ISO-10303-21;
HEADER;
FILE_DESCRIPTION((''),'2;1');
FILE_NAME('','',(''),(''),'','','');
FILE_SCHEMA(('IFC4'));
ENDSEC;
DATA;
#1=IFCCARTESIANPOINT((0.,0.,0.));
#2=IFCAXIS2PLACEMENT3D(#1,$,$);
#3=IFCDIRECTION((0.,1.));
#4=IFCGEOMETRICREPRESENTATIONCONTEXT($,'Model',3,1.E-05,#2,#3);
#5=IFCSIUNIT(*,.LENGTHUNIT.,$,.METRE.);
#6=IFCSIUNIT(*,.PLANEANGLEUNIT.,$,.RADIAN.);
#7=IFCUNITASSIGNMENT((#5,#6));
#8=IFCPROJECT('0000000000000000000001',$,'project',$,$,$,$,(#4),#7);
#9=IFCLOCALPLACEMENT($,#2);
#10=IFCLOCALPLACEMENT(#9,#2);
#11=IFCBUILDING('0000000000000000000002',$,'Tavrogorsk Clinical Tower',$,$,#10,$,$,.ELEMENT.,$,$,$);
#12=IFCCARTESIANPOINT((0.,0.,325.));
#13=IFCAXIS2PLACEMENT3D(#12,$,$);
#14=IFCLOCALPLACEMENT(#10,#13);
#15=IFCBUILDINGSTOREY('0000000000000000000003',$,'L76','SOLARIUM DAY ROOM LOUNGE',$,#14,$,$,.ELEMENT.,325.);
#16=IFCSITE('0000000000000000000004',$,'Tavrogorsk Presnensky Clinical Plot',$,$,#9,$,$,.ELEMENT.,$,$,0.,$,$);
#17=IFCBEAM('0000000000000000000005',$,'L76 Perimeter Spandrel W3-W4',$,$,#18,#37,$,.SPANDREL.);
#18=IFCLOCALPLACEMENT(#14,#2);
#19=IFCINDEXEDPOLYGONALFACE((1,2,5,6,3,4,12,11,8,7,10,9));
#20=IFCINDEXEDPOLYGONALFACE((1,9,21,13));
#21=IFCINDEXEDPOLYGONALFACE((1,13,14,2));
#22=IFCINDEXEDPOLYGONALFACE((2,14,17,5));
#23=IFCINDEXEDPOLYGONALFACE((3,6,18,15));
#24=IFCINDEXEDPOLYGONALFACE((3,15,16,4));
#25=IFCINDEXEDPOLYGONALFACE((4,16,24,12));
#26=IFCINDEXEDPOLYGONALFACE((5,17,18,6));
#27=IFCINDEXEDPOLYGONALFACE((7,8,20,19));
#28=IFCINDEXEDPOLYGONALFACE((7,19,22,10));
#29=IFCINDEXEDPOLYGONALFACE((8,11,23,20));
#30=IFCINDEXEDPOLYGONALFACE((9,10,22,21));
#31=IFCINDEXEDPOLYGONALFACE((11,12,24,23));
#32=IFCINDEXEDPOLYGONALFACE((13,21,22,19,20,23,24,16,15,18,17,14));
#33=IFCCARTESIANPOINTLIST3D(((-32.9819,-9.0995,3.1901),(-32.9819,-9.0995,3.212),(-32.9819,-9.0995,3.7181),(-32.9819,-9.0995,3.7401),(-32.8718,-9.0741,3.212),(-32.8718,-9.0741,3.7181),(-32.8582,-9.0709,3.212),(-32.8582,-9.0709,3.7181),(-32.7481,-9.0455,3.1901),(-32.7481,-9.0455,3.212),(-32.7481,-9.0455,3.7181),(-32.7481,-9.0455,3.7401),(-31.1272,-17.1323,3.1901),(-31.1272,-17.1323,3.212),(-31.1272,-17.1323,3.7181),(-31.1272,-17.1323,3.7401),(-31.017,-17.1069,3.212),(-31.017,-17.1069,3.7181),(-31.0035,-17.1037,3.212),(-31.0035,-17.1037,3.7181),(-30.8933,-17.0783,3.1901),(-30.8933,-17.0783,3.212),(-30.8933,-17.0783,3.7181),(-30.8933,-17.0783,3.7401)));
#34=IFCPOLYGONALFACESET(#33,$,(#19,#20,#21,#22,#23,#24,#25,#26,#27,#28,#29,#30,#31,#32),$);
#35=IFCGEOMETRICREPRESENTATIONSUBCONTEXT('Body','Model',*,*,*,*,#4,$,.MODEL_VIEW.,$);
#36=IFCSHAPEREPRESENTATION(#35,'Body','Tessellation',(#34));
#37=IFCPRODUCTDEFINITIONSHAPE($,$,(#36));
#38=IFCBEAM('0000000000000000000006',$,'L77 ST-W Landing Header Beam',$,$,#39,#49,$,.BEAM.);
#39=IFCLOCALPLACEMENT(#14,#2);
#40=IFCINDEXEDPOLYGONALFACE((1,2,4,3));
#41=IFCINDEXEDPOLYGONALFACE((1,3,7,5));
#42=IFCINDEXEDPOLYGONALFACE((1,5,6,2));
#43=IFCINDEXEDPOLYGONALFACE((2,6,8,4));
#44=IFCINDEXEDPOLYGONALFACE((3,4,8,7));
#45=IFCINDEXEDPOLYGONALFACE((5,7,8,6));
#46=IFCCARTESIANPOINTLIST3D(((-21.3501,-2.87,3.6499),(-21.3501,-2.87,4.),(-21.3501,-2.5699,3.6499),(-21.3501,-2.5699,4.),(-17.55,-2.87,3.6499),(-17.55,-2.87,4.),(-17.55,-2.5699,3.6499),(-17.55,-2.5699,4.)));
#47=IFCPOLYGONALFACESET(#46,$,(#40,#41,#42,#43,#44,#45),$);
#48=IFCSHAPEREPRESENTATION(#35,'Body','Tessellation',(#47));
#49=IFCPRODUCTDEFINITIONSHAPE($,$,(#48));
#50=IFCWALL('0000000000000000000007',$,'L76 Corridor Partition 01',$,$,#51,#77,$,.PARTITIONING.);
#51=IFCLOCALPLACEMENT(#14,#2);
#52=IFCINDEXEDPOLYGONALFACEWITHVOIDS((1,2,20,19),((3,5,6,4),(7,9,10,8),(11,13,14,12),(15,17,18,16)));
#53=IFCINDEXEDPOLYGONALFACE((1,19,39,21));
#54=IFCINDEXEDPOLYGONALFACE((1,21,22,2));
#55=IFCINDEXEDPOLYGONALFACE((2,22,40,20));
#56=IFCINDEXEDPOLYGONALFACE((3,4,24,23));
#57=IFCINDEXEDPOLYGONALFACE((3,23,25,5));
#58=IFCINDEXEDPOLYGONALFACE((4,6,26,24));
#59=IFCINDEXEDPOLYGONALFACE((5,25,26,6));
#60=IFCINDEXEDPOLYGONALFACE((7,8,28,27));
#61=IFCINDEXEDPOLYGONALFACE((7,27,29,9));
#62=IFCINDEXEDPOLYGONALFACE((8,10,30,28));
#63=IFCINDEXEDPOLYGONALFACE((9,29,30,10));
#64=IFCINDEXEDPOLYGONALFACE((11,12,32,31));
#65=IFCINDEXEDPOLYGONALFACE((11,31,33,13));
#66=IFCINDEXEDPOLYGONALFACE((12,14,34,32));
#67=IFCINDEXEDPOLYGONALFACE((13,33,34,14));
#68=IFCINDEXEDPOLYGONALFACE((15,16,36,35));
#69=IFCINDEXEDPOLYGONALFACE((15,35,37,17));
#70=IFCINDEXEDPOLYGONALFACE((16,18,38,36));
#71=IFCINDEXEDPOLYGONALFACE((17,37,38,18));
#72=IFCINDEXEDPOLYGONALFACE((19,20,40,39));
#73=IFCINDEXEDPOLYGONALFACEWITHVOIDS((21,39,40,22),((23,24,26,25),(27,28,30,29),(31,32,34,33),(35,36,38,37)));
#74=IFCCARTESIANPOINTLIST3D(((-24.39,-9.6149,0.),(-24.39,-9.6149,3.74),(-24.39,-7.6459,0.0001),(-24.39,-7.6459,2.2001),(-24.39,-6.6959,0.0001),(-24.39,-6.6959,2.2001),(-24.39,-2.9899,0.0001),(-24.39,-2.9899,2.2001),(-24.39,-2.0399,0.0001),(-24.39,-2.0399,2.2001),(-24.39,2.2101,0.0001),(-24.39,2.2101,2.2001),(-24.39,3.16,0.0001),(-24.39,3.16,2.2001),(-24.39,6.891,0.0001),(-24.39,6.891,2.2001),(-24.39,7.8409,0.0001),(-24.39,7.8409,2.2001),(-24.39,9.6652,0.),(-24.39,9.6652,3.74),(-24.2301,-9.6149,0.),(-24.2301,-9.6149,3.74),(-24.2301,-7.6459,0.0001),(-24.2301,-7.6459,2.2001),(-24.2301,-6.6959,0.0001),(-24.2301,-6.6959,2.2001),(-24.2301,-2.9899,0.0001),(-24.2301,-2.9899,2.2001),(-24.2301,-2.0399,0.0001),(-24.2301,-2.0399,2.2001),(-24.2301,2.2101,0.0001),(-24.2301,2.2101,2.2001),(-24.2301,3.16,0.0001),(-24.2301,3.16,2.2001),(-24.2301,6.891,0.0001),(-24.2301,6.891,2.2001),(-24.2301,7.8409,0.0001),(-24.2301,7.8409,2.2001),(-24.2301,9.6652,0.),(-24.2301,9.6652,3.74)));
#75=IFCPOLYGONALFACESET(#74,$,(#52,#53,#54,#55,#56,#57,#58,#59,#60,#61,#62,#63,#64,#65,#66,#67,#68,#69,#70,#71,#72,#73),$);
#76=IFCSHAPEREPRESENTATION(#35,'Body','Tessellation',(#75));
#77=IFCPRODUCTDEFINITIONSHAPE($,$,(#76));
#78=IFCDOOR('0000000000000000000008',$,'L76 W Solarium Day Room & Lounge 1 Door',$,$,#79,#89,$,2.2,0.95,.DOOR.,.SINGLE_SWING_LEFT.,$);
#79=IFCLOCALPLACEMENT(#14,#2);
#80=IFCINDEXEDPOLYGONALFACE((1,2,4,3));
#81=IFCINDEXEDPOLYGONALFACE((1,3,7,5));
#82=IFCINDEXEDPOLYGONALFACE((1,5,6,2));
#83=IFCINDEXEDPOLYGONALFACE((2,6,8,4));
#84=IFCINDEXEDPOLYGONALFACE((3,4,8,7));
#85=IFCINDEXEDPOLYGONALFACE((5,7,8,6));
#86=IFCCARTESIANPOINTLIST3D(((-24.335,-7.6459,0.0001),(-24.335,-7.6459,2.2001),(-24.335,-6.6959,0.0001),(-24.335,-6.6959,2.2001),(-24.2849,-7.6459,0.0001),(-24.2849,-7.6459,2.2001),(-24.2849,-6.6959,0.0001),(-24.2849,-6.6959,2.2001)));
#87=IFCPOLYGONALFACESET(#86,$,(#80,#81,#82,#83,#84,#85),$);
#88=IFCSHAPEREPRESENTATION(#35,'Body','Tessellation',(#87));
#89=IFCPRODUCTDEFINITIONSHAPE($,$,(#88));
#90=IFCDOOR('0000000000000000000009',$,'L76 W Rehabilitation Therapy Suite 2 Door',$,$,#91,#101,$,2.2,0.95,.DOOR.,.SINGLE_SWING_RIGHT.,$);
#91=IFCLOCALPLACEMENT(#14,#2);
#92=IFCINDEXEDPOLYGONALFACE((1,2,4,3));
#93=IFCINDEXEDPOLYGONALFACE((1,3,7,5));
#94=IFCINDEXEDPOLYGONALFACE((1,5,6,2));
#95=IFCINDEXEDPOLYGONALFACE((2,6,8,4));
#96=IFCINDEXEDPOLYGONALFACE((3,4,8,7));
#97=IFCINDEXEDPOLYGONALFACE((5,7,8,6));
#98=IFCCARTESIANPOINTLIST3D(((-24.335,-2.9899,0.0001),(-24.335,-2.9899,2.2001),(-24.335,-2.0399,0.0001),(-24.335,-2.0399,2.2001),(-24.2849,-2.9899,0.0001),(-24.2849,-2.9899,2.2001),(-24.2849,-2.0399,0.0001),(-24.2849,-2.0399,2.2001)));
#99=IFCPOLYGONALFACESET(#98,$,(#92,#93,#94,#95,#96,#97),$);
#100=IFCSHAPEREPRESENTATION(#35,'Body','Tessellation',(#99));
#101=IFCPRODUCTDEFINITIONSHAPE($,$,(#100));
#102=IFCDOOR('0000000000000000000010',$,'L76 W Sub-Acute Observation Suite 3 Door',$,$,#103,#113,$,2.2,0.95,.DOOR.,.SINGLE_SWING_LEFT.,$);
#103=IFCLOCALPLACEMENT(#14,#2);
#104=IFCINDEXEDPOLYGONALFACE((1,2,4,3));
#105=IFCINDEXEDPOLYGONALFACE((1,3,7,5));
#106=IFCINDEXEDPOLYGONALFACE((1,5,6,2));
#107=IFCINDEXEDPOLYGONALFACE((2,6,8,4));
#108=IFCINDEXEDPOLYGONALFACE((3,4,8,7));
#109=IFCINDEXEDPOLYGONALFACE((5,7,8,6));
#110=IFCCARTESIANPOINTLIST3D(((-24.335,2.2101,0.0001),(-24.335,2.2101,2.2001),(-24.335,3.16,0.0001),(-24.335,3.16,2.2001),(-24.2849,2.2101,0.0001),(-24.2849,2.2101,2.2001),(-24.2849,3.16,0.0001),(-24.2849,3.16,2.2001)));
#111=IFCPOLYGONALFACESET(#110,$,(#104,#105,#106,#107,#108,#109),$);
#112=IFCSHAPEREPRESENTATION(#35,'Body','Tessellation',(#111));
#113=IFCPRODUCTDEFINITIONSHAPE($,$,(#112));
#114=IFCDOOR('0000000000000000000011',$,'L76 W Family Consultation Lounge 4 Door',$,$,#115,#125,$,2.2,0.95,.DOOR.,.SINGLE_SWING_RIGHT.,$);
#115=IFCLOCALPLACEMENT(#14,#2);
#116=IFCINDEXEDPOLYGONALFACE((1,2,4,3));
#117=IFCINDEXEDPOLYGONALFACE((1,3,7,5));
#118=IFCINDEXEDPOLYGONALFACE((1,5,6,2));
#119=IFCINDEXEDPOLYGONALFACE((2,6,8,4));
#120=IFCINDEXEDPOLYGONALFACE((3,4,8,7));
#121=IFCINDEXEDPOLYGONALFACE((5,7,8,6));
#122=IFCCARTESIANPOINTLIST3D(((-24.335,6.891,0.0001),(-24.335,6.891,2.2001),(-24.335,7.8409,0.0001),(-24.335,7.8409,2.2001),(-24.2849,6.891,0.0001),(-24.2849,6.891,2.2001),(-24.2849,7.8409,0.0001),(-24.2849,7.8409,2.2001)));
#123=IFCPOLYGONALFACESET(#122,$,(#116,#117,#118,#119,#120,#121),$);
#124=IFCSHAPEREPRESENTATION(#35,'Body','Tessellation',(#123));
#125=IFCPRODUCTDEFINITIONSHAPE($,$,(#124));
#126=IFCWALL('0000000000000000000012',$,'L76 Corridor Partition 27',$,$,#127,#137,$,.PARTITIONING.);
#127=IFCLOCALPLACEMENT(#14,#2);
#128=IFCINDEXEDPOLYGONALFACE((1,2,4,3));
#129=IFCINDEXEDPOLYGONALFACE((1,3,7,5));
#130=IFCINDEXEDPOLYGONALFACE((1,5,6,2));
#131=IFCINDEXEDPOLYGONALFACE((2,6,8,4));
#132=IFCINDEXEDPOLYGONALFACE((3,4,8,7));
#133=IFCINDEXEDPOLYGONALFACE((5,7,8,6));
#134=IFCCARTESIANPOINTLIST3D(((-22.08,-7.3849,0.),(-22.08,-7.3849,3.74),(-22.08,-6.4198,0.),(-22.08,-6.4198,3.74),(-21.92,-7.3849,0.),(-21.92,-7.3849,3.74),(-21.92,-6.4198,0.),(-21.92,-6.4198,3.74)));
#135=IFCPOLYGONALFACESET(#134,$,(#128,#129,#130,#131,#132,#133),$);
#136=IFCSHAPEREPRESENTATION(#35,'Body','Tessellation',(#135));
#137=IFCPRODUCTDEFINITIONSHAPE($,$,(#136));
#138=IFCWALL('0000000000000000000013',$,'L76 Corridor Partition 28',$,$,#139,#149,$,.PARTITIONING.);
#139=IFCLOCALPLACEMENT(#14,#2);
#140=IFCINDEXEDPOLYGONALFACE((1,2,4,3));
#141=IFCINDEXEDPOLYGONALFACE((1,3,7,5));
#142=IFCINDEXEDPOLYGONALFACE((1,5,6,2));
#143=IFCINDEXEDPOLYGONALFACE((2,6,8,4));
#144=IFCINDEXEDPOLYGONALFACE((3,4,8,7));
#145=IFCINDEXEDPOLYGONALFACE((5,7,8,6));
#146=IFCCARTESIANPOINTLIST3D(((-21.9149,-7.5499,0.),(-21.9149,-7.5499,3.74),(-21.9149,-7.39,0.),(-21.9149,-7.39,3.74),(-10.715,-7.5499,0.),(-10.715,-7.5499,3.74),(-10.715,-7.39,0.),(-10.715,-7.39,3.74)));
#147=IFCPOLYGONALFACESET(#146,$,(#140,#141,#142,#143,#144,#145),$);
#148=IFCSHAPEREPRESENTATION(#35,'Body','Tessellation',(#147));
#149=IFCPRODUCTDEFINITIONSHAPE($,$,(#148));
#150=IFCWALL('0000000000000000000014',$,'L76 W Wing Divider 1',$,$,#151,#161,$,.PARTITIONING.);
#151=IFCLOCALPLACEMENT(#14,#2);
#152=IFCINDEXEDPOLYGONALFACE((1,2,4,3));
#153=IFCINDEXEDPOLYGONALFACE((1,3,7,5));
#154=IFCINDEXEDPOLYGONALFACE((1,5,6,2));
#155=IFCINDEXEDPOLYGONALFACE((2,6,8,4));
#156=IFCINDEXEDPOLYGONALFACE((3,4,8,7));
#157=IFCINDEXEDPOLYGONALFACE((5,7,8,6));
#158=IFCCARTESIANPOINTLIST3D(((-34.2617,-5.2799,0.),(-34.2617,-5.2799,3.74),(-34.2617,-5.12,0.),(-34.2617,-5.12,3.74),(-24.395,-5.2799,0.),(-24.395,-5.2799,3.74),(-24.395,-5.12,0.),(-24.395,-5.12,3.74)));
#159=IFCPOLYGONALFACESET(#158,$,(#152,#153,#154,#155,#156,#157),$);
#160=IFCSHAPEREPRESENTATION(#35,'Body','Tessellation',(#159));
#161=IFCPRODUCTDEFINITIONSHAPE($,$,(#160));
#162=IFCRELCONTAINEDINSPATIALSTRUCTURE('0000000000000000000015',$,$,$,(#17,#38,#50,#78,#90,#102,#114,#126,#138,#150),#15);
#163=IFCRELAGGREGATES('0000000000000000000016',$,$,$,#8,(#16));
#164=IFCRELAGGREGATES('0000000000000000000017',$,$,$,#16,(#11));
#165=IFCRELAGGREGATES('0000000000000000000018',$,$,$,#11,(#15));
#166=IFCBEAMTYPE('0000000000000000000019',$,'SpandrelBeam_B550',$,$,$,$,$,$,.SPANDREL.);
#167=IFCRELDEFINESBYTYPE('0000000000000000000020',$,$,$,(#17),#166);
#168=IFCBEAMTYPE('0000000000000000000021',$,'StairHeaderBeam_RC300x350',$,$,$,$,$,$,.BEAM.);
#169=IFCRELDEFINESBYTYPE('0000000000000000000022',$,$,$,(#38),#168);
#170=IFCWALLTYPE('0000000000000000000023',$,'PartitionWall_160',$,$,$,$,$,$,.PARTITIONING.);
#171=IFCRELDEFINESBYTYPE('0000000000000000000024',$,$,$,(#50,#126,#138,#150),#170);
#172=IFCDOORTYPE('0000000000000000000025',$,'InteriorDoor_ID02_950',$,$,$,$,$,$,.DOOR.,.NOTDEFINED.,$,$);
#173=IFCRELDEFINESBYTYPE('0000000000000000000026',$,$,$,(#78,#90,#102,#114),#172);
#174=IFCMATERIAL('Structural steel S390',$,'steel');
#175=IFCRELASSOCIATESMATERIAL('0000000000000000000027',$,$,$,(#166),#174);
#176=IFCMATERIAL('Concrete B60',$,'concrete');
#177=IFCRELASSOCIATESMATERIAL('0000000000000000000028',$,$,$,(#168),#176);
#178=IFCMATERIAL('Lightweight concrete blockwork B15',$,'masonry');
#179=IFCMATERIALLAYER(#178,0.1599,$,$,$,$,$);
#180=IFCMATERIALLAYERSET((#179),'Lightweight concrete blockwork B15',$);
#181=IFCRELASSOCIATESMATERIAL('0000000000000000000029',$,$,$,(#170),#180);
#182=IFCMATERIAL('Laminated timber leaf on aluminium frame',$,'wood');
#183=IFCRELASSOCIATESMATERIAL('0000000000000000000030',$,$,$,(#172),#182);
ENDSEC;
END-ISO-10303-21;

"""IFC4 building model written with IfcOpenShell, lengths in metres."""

from ifc_helpers import new_model, si_unit, direction, frame, frame_2d, origin, origin_2d, place, context, subcontext, project, spatial, rectangle, i_section, extrude, material, layer, layer_set, material_profile, profile_set, type_object, element, fill, save


model = new_model("IFC4")

# Units and contexts
model_context = context("Model", 3, precision=1e-05, world=origin(), true_north=direction((0.0, 1.0)))
body_context = subcontext(model_context, "Body", "Model", "MODEL_VIEW")
ifc_project = project(units=[si_unit("LENGTHUNIT", "METRE"), si_unit("PLANEANGLEUNIT", "RADIAN")], contexts=[model_context])

# Site, building, storey
site_placement = place(None, origin())
site = spatial("IfcSite", under=ifc_project, at=site_placement, Name="Tavrogorsk Presnensky Clinical Plot", CompositionType="ELEMENT", RefElevation=0.0)
building_placement = place(site_placement, origin())
building = spatial("IfcBuilding", under=site, at=building_placement, Name="Tavrogorsk Clinical Tower", CompositionType="ELEMENT")
storey_placement = place(building_placement, frame((0.0, 0.0, 325.0)))
storey = spatial("IfcBuildingStorey", under=building, at=storey_placement, Name="L76", Description="SOLARIUM DAY ROOM LOUNGE", CompositionType="ELEMENT", Elevation=325.0)

# Beams
ifc_material_1 = material(Name="Structural steel S390", Category="steel")
ifc_material_profile_1 = material_profile(ifc_material_1, i_section(OverallWidth=0.24, OverallDepth=0.55, WebThickness=0.0139, FlangeThickness=0.022, at=origin_2d()), Name="B-550x240x14x22")
ifc_profile_set_1 = profile_set([ifc_material_profile_1], Name="Structural steel S390")
beam_type_1 = type_object("IfcBeamType", Name="SpandrelBeam_B550", PredefinedType="SPANDREL", material=ifc_profile_set_1)
beam_1_placement = place(storey_placement, frame((-32.865, -9.0725, 3.4651), z_axis=(0.224978, -0.974364, 0.0), x_axis=(0.974364, 0.224978, 0.0)))
element("IfcBeam", 1, at=beam_1_placement, inside=storey, type_object=beam_type_1, Name="L76 Perimeter Spandrel W3-W4", PredefinedType="SPANDREL", context=body_context, shape_type="SweptSolid", body=[
    extrude(i_section(OverallWidth=0.24, OverallDepth=0.55, WebThickness=0.0139, FlangeThickness=0.022, at=origin_2d()), origin(), (0.0, 0.0, 1.0), 8.2441),
])
ifc_material_2 = material(Name="Concrete B60", Category="concrete")
ifc_material_profile_2 = material_profile(ifc_material_2, rectangle(XDim=0.3, YDim=0.3501, at=origin_2d()), Name="RC-SHB-300x350")
ifc_profile_set_2 = profile_set([ifc_material_profile_2], Name="Concrete B60")
beam_type_2 = type_object("IfcBeamType", Name="StairHeaderBeam_RC300x350", PredefinedType="BEAM", material=ifc_profile_set_2)
beam_2_placement = place(storey_placement, frame((-21.3501, -2.72, 3.825), z_axis=(1.0, 0.0, 0.0), x_axis=(0.0, 1.0, 0.0)))
element("IfcBeam", 2, at=beam_2_placement, inside=storey, type_object=beam_type_2, Name="L77 ST-W Landing Header Beam", PredefinedType="BEAM", context=body_context, shape_type="SweptSolid", body=[
    extrude(rectangle(XDim=0.3, YDim=0.3501, at=origin_2d()), origin(), (0.0, 0.0, 1.0), 3.8),
])

# Wall, openings, doors
ifc_material_3 = material(Name="Lightweight concrete blockwork B15", Category="masonry")
ifc_layer_1 = layer(ifc_material_3, 0.1599)
ifc_layer_set_1 = layer_set([ifc_layer_1], Name="Lightweight concrete blockwork B15")
wall_type_1 = type_object("IfcWallType", Name="PartitionWall_160", PredefinedType="PARTITIONING", material=ifc_layer_set_1)
wall_1_placement = place(storey_placement, frame((-24.3101, -9.615, 0.0), z_axis=(0.0, 0.0, 1.0), x_axis=(0.0, 1.0, 0.0)))
wall_1 = element("IfcWall", 3, at=wall_1_placement, inside=storey, type_object=wall_type_1, Name="L76 Corridor Partition 01", PredefinedType="PARTITIONING", context=body_context, shape_type="SweptSolid", body=[
    extrude(rectangle(XDim=19.28, YDim=0.1599, at=frame_2d((9.6401, 0.0))), origin(), (0.0, 0.0, 1.0), 3.74),
])
opening_1_placement = place(wall_1_placement, frame((1.969, 0.0, 0.0)))
opening_1 = element("IfcOpeningElement", 4, at=opening_1_placement, cuts=wall_1, PredefinedType="OPENING", context=body_context, shape_type="SweptSolid", body=[
    extrude(rectangle(XDim=0.95, YDim=2.2, at=frame_2d((0.4751, 1.1001))), frame((0.0, 0.0898, 0.0), z_axis=(0.0, -1.0, 0.0), x_axis=(1.0, 0.0, 0.0)), (0.0, 0.0, 1.0), 0.1799),
])
opening_2_placement = place(wall_1_placement, frame((6.625, 0.0, 0.0)))
opening_2 = element("IfcOpeningElement", 5, at=opening_2_placement, cuts=wall_1, PredefinedType="OPENING", context=body_context, shape_type="SweptSolid", body=[
    extrude(rectangle(XDim=0.95, YDim=2.2, at=frame_2d((0.4751, 1.1001))), frame((0.0, 0.0898, 0.0), z_axis=(0.0, -1.0, 0.0), x_axis=(1.0, 0.0, 0.0)), (0.0, 0.0, 1.0), 0.1799),
])
opening_3_placement = place(wall_1_placement, frame((11.825, 0.0, 0.0)))
opening_3 = element("IfcOpeningElement", 6, at=opening_3_placement, cuts=wall_1, PredefinedType="OPENING", context=body_context, shape_type="SweptSolid", body=[
    extrude(rectangle(XDim=0.95, YDim=2.2, at=frame_2d((0.4751, 1.1001))), frame((0.0, 0.0898, 0.0), z_axis=(0.0, -1.0, 0.0), x_axis=(1.0, 0.0, 0.0)), (0.0, 0.0, 1.0), 0.1799),
])
opening_4_placement = place(wall_1_placement, frame((16.5059, 0.0, 0.0)))
opening_4 = element("IfcOpeningElement", 7, at=opening_4_placement, cuts=wall_1, PredefinedType="OPENING", context=body_context, shape_type="SweptSolid", body=[
    extrude(rectangle(XDim=0.95, YDim=2.2, at=frame_2d((0.4751, 1.1001))), frame((0.0, 0.0898, 0.0), z_axis=(0.0, -1.0, 0.0), x_axis=(1.0, 0.0, 0.0)), (0.0, 0.0, 1.0), 0.1799),
])
ifc_material_4 = material(Name="Laminated timber leaf on aluminium frame", Category="wood")
door_type = type_object("IfcDoorType", Name="InteriorDoor_ID02_950", OperationType="NOTDEFINED", PredefinedType="DOOR", material=ifc_material_4)
door_1_placement = place(opening_1_placement, origin())
door_1 = element("IfcDoor", 8, at=door_1_placement, inside=storey, type_object=door_type, Name="L76 W Solarium Day Room & Lounge 1 Door", OperationType="SINGLE_SWING_LEFT", OverallHeight=2.2, OverallWidth=0.95, PredefinedType="DOOR", context=body_context, shape_type="SweptSolid", body=[
    extrude(rectangle(XDim=0.95, YDim=2.2, at=frame_2d((0.4751, 1.1001))), frame((0.0, 0.0249, 0.0), z_axis=(0.0, -1.0, 0.0), x_axis=(1.0, 0.0, 0.0)), (0.0, 0.0, 1.0), 0.05),
])
fill(opening_1, door_1)
door_2_placement = place(opening_2_placement, origin())
door_2 = element("IfcDoor", 9, at=door_2_placement, inside=storey, type_object=door_type, Name="L76 W Rehabilitation Therapy Suite 2 Door", OperationType="SINGLE_SWING_RIGHT", OverallHeight=2.2, OverallWidth=0.95, PredefinedType="DOOR", context=body_context, shape_type="SweptSolid", body=[
    extrude(rectangle(XDim=0.95, YDim=2.2, at=frame_2d((0.4751, 1.1001))), frame((0.0, 0.0249, 0.0), z_axis=(0.0, -1.0, 0.0), x_axis=(1.0, 0.0, 0.0)), (0.0, 0.0, 1.0), 0.05),
])
fill(opening_2, door_2)
door_3_placement = place(opening_3_placement, origin())
door_3 = element("IfcDoor", 10, at=door_3_placement, inside=storey, type_object=door_type, Name="L76 W Sub-Acute Observation Suite 3 Door", OperationType="SINGLE_SWING_LEFT", OverallHeight=2.2, OverallWidth=0.95, PredefinedType="DOOR", context=body_context, shape_type="SweptSolid", body=[
    extrude(rectangle(XDim=0.95, YDim=2.2, at=frame_2d((0.4751, 1.1001))), frame((0.0, 0.0249, 0.0), z_axis=(0.0, -1.0, 0.0), x_axis=(1.0, 0.0, 0.0)), (0.0, 0.0, 1.0), 0.05),
])
fill(opening_3, door_3)
door_4_placement = place(opening_4_placement, origin())
door_4 = element("IfcDoor", 11, at=door_4_placement, inside=storey, type_object=door_type, Name="L76 W Family Consultation Lounge 4 Door", OperationType="SINGLE_SWING_RIGHT", OverallHeight=2.2, OverallWidth=0.95, PredefinedType="DOOR", context=body_context, shape_type="SweptSolid", body=[
    extrude(rectangle(XDim=0.95, YDim=2.2, at=frame_2d((0.4751, 1.1001))), frame((0.0, 0.0249, 0.0), z_axis=(0.0, -1.0, 0.0), x_axis=(1.0, 0.0, 0.0)), (0.0, 0.0, 1.0), 0.05),
])
fill(opening_4, door_4)

# Walls
wall_2_placement = place(storey_placement, frame((-22.0, -6.4199, 0.0), z_axis=(0.0, 0.0, 1.0), x_axis=(0.0, -1.0, 0.0)))
element("IfcWall", 12, at=wall_2_placement, inside=storey, type_object=wall_type_1, Name="L76 Corridor Partition 27", PredefinedType="PARTITIONING", context=body_context, shape_type="SweptSolid", body=[
    extrude(rectangle(XDim=0.9651, YDim=0.1599, at=frame_2d((0.4824, 0.0))), origin(), (0.0, 0.0, 1.0), 3.74),
])
wall_3_placement = place(storey_placement, frame((-21.915, -7.47, 0.0), z_axis=(0.0, 0.0, 1.0), x_axis=(1.0, 0.0, 0.0)))
element("IfcWall", 13, at=wall_3_placement, inside=storey, type_object=wall_type_1, Name="L76 Corridor Partition 28", PredefinedType="PARTITIONING", context=body_context, shape_type="SweptSolid", body=[
    extrude(rectangle(XDim=11.2, YDim=0.1599, at=frame_2d((5.6001, 0.0))), origin(), (0.0, 0.0, 1.0), 3.74),
])
wall_4_placement = place(storey_placement, frame((-34.2617, -5.2, 0.0), z_axis=(0.0, 0.0, 1.0), x_axis=(1.0, 0.0, 0.0)))
element("IfcWall", 14, at=wall_4_placement, inside=storey, type_object=wall_type_1, Name="L76 W Wing Divider 1", PredefinedType="PARTITIONING", context=body_context, shape_type="SweptSolid", body=[
    extrude(rectangle(XDim=9.8667, YDim=0.1599, at=frame_2d((4.9333, 0.0))), origin(), (0.0, 0.0, 1.0), 3.74),
])

save(model, "model.ifc")
